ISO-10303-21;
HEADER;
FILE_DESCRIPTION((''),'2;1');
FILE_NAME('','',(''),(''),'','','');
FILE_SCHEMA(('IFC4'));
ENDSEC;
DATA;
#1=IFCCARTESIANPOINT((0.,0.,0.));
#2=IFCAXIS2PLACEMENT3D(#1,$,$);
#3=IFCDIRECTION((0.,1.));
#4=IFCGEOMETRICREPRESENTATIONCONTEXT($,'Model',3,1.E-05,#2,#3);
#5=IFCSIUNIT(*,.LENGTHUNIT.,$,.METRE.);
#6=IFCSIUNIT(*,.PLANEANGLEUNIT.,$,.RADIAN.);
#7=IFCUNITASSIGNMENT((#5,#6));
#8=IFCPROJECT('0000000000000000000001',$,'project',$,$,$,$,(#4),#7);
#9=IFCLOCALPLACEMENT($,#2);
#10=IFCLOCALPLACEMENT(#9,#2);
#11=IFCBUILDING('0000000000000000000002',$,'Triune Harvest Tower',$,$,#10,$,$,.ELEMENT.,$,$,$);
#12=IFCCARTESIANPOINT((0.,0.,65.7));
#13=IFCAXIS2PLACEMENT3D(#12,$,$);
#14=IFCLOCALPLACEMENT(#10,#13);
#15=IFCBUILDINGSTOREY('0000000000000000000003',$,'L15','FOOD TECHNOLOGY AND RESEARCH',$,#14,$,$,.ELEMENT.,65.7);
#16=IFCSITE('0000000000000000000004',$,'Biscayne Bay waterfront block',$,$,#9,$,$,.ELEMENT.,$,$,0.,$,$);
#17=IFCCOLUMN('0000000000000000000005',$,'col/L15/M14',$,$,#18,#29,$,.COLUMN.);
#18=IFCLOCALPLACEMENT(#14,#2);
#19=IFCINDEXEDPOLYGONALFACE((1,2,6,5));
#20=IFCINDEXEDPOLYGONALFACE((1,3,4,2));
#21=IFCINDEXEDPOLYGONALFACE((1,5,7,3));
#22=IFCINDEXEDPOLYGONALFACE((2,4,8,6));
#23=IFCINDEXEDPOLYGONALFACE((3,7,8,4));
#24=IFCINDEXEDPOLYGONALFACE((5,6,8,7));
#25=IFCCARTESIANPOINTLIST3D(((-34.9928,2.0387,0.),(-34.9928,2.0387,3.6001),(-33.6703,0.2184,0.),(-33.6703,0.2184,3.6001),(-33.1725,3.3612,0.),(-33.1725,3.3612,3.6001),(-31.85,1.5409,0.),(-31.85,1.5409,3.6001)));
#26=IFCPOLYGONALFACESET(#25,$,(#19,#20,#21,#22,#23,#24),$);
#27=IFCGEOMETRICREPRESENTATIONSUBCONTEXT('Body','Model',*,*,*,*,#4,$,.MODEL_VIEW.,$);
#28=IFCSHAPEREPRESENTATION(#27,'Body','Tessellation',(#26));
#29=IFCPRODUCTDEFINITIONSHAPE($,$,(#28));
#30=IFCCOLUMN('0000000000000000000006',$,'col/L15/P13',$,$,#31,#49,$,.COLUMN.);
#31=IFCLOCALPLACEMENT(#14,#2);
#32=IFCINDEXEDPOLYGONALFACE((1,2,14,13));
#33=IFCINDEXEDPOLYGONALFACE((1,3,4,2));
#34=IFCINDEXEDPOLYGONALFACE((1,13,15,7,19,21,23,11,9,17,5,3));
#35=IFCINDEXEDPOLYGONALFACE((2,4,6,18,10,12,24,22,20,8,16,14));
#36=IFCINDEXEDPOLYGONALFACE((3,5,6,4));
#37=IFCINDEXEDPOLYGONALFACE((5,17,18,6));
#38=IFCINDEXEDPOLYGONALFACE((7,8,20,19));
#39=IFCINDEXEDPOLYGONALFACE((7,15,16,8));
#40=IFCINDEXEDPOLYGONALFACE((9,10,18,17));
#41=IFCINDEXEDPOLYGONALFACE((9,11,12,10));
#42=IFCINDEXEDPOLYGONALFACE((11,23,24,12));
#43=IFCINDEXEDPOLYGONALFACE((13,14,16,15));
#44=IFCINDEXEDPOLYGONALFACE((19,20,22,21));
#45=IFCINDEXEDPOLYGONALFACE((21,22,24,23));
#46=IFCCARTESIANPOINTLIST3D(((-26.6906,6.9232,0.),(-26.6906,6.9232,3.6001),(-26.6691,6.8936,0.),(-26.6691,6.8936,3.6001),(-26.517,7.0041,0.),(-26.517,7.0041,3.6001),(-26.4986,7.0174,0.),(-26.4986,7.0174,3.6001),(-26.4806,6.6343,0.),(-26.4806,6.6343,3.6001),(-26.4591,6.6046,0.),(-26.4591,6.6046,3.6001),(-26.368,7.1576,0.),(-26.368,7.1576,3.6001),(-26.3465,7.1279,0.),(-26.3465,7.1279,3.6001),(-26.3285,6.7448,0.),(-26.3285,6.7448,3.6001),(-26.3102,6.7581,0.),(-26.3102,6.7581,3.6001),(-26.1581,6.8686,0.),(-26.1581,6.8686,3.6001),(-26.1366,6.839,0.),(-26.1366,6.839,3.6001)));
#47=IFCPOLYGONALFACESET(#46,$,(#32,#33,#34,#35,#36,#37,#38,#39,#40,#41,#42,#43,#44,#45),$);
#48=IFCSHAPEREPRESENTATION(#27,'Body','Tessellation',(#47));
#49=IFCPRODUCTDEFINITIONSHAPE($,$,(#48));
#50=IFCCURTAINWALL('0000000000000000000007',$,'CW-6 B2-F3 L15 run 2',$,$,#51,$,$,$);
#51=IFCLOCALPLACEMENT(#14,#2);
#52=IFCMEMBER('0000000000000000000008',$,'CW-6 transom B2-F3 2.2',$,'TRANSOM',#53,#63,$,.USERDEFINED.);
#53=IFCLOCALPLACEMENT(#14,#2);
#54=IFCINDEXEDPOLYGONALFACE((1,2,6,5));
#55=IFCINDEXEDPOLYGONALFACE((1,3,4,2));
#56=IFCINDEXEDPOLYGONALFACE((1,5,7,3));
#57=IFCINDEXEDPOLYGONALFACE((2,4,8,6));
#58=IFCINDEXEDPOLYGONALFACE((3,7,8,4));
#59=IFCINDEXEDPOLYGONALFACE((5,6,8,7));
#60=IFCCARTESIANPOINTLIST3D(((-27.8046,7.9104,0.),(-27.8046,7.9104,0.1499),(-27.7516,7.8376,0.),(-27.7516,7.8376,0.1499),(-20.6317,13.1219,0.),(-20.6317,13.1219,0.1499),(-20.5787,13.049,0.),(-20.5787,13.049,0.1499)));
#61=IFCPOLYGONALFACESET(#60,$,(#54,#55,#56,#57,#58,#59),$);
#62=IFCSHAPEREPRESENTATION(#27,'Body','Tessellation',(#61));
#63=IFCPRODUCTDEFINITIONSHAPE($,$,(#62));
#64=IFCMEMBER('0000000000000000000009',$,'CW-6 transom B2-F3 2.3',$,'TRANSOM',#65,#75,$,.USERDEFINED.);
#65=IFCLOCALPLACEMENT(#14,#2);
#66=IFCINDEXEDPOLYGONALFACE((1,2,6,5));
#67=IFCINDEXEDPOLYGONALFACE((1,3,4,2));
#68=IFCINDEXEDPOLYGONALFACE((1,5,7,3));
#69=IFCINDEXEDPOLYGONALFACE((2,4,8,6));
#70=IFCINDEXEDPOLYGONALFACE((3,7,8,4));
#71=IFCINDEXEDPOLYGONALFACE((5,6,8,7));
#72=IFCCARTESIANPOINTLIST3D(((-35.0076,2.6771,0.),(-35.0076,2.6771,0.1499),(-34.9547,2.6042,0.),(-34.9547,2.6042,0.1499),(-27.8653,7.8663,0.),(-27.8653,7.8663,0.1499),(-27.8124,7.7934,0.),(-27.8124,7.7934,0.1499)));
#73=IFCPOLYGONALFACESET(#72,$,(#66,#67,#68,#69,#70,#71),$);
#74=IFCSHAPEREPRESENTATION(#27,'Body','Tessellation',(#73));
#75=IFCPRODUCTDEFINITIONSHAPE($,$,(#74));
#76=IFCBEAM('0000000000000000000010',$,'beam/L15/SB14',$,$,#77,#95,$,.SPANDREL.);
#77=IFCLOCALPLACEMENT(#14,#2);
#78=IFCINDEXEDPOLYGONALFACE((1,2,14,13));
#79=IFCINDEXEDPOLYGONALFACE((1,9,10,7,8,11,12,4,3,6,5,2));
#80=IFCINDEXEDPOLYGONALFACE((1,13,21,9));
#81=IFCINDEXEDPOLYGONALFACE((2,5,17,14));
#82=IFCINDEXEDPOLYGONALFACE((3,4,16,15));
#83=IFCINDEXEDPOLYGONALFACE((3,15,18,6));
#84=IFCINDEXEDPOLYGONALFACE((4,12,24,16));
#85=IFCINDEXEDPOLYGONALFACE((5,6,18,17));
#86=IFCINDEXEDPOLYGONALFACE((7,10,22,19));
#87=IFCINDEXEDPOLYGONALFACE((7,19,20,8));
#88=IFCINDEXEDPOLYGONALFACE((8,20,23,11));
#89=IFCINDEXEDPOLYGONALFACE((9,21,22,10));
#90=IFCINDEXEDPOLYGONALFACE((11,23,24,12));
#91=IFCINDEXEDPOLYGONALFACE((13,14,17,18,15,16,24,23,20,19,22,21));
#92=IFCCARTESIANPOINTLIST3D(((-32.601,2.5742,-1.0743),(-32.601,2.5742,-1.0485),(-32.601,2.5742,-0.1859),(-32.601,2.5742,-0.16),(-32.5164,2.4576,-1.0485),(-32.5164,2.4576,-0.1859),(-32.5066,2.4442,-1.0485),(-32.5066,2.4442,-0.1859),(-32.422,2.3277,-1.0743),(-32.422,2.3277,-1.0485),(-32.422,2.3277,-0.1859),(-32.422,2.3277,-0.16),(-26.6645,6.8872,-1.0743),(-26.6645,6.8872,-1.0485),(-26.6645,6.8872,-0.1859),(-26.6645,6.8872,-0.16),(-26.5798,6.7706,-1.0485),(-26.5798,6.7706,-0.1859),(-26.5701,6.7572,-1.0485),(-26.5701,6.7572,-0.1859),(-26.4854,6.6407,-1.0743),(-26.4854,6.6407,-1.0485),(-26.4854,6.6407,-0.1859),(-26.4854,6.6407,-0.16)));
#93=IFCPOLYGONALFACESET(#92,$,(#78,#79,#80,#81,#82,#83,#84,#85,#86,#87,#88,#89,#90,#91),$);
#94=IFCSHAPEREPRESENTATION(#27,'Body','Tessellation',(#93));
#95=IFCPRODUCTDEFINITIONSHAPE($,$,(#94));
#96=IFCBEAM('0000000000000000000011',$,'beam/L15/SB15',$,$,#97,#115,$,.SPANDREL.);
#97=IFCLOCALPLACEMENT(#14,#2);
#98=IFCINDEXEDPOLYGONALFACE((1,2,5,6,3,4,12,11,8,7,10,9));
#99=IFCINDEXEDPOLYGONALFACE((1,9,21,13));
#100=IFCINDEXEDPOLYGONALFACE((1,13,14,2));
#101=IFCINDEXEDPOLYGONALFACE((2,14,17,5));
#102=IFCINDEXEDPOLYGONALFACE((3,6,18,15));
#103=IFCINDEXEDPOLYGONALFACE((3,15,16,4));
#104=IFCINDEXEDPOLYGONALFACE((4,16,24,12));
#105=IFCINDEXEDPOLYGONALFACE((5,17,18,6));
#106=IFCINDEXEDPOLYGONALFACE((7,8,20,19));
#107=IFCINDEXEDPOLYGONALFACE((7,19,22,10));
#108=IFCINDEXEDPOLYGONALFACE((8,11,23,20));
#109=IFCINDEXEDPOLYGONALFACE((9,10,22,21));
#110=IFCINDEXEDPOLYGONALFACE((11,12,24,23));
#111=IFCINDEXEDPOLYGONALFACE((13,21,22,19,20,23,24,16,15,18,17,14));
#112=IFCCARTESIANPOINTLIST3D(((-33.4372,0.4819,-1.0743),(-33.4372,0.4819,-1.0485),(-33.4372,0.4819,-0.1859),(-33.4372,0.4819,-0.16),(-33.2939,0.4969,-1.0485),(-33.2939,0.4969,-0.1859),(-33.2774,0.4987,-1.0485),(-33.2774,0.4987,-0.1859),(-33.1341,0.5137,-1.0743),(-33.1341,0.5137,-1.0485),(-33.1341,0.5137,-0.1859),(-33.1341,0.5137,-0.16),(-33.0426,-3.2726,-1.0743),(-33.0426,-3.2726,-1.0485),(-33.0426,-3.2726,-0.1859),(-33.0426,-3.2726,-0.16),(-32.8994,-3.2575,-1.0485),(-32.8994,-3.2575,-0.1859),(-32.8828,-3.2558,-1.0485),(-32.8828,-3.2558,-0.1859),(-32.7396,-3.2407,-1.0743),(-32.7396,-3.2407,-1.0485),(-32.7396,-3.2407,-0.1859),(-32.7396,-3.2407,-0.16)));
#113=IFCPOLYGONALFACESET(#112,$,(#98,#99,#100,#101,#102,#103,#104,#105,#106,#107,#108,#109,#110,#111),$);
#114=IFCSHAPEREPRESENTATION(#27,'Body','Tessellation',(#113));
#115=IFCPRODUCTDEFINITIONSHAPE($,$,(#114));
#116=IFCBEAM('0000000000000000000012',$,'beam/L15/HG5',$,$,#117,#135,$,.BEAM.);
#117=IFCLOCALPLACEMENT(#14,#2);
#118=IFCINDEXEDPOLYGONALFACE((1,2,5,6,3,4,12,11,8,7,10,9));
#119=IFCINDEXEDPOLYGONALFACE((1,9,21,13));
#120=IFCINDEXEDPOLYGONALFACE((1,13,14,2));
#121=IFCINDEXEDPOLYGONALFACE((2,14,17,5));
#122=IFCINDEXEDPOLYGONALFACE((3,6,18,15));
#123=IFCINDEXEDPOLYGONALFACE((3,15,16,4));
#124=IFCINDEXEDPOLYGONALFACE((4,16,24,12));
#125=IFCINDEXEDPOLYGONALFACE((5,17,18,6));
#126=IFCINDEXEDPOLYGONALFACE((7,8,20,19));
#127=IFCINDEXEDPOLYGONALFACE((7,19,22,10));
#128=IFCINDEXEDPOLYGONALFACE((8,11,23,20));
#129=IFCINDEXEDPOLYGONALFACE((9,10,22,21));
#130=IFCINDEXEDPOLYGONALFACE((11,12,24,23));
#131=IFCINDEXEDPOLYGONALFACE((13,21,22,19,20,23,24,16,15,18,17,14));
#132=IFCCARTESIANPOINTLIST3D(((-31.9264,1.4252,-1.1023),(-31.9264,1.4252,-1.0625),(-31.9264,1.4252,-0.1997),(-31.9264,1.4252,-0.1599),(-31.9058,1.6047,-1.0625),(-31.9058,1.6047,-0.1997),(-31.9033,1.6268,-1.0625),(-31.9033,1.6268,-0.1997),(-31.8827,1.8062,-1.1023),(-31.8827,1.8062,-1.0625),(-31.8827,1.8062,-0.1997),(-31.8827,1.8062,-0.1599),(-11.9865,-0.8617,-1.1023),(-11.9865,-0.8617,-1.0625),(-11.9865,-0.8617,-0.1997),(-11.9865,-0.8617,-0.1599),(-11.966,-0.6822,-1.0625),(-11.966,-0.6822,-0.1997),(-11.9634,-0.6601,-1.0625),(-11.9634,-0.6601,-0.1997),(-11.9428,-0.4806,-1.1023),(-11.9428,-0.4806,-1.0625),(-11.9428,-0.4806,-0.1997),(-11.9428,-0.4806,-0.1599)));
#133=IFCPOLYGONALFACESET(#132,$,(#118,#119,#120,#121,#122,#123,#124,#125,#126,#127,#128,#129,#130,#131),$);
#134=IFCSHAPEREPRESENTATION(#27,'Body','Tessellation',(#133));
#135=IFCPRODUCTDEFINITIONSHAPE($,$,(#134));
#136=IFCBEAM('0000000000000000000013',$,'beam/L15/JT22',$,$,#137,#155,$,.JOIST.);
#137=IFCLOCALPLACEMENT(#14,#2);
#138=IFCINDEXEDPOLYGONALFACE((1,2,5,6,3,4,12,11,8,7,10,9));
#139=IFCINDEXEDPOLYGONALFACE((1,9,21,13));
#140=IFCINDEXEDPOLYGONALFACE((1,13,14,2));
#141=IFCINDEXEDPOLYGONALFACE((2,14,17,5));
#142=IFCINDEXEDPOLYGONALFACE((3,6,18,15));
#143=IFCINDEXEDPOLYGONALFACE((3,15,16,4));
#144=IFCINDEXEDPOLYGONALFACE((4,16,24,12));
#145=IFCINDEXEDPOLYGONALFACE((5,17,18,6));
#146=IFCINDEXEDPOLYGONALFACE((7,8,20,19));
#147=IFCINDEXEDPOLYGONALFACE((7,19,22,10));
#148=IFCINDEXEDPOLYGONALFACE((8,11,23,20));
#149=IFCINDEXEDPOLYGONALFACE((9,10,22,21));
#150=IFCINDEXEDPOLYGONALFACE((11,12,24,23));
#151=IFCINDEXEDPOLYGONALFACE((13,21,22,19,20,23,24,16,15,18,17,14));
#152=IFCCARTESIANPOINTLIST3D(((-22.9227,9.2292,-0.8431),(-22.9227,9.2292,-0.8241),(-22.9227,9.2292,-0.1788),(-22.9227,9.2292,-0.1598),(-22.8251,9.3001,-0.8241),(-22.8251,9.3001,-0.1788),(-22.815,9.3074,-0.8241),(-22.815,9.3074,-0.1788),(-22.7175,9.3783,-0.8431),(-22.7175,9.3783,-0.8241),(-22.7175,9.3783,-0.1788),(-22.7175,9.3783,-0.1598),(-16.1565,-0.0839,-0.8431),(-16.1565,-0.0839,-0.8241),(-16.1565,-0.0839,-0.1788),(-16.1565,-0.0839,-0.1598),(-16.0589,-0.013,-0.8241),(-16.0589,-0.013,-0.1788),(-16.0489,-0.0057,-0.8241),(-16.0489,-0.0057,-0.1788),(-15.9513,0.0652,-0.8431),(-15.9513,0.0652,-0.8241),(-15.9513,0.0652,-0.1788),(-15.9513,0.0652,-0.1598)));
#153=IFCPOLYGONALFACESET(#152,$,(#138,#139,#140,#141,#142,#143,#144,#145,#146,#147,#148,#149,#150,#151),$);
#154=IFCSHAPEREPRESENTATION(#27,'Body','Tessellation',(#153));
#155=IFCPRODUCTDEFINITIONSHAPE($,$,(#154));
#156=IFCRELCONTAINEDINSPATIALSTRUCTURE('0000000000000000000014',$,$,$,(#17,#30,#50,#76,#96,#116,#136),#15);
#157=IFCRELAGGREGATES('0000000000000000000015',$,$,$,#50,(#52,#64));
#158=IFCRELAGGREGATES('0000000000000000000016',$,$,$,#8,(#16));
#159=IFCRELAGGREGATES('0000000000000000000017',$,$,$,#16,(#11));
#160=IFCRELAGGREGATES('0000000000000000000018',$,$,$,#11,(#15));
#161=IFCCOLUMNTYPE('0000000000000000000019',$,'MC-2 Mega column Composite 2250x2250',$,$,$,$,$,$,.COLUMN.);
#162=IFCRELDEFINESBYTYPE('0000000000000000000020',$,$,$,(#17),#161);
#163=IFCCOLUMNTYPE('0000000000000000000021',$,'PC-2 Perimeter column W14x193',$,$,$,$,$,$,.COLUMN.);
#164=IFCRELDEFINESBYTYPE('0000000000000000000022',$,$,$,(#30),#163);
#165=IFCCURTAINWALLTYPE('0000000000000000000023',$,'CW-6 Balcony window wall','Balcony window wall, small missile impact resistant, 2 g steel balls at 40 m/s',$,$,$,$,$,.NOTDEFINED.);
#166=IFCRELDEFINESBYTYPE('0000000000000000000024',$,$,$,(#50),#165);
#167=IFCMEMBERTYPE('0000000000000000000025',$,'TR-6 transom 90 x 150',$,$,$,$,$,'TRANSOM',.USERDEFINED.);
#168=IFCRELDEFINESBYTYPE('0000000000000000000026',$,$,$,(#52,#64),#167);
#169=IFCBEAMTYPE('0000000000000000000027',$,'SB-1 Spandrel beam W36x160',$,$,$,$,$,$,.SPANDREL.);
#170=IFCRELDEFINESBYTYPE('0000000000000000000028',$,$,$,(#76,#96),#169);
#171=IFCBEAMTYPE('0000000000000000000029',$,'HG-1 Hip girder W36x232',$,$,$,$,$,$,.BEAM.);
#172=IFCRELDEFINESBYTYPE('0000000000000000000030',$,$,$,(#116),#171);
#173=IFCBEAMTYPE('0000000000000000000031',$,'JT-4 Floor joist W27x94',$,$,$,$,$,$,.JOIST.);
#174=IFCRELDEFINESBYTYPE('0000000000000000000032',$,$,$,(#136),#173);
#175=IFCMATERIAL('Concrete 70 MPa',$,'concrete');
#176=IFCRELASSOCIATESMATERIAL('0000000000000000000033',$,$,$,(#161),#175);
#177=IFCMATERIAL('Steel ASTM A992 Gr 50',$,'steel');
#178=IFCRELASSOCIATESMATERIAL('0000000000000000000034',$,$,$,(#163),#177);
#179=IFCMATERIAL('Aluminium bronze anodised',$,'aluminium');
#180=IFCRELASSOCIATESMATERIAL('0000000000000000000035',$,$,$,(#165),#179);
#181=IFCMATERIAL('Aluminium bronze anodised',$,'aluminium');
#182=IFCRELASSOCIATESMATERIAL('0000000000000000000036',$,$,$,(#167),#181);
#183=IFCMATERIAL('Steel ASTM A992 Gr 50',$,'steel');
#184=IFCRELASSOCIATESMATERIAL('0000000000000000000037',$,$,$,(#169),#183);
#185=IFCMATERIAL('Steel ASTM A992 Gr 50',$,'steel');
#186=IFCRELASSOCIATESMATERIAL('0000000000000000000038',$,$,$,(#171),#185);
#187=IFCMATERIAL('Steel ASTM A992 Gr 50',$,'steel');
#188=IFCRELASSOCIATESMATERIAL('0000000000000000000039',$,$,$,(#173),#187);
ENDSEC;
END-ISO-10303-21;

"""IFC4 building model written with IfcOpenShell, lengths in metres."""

from ifc_helpers import new_model, si_unit, direction, frame, origin, origin_2d, place, context, subcontext, project, spatial, rectangle, i_section, extrude, source, transform, mapped, material, material_profile, profile_set, type_object, element, aggregate, save


model = new_model("IFC4")

# Units and contexts
model_context = context("Model", 3, precision=1e-05, world=origin(), true_north=direction((0.0, 1.0)))
body_context = subcontext(model_context, "Body", "Model", "MODEL_VIEW")
ifc_project = project(units=[si_unit("LENGTHUNIT", "METRE"), si_unit("PLANEANGLEUNIT", "RADIAN")], contexts=[model_context])

# Site, building, storey
site_placement = place(None, origin())
site = spatial("IfcSite", under=ifc_project, at=site_placement, Name="Biscayne Bay waterfront block", CompositionType="ELEMENT", RefElevation=0.0)
building_placement = place(site_placement, origin())
building = spatial("IfcBuilding", under=site, at=building_placement, Name="Triune Harvest Tower", CompositionType="ELEMENT")
storey_placement = place(building_placement, frame((0.0, 0.0, 65.7)))
storey = spatial("IfcBuildingStorey", under=building, at=storey_placement, Name="L15", Description="FOOD TECHNOLOGY AND RESEARCH", CompositionType="ELEMENT", Elevation=65.7)

# Columns
ifc_material_1 = material(Name="Concrete 70 MPa", Category="concrete")
ifc_material_profile_1 = material_profile(ifc_material_1, rectangle(XDim=2.25, YDim=2.25, at=origin_2d()), Name="Composite 2250x2250")
ifc_profile_set_1 = profile_set([ifc_material_profile_1], Name="Concrete 70 MPa")
column_type_1 = type_object("IfcColumnType", Name="MC-2 Mega column Composite 2250x2250", PredefinedType="COLUMN", material=ifc_profile_set_1)
shared_shape_1 = source(origin(), body_context, "Body", "SweptSolid", [
    extrude(rectangle(XDim=2.25, YDim=2.25, at=origin_2d()), origin(), (0.0, 0.0, 1.0), 3.6001),
])
column_1_placement = place(storey_placement, frame((-33.4214, 1.7898, 0.0), z_axis=(0.0, 0.0, 1.0), x_axis=(-0.809017, -0.587785, 0.0)))
element("IfcColumn", 1, at=column_1_placement, inside=storey, type_object=column_type_1, Name="col/L15/M14", PredefinedType="COLUMN", context=body_context, shape_type="MappedRepresentation", body=[
    mapped(shared_shape_1, transform((0.0, 0.0, 0.0), scale=1.0)),
])
ifc_material_2 = material(Name="Steel ASTM A992 Gr 50", Category="steel")
ifc_material_profile_2 = material_profile(ifc_material_2, i_section(OverallWidth=0.3987, OverallDepth=0.3938, WebThickness=0.0227, FlangeThickness=0.0366, at=origin_2d()), Name="W14x193")
ifc_profile_set_2 = profile_set([ifc_material_profile_2], Name="Steel ASTM A992 Gr 50")
column_type_2 = type_object("IfcColumnType", Name="PC-2 Perimeter column W14x193", PredefinedType="COLUMN", material=ifc_profile_set_2)
shared_shape_2 = source(origin(), body_context, "Body", "SweptSolid", [
    extrude(i_section(OverallWidth=0.3987, OverallDepth=0.3938, WebThickness=0.0227, FlangeThickness=0.0366, at=origin_2d()), origin(), (0.0, 0.0, 1.0), 3.6001),
])
column_2_placement = place(storey_placement, frame((-26.4136, 6.8811, 0.0), z_axis=(0.0, 0.0, 1.0), x_axis=(-0.809017, -0.587785, 0.0)))
element("IfcColumn", 2, at=column_2_placement, inside=storey, type_object=column_type_2, Name="col/L15/P13", PredefinedType="COLUMN", context=body_context, shape_type="MappedRepresentation", body=[
    mapped(shared_shape_2, transform((0.0, 0.0, 0.0), scale=1.0)),
])

# Curtain wall, members
ifc_material_3 = material(Name="Aluminium bronze anodised", Category="aluminium")
curtain_wall_type_1 = type_object("IfcCurtainWallType", Name="CW-6 Balcony window wall", Description="Balcony window wall, small missile impact resistant, 2 g steel balls at 40 m/s", PredefinedType="NOTDEFINED", material=ifc_material_3)
curtain_wall_1_placement = place(storey_placement, origin())
curtain_wall_1 = element("IfcCurtainWall", 3, at=curtain_wall_1_placement, inside=storey, type_object=curtain_wall_type_1, Name="CW-6 B2-F3 L15 run 2")
ifc_material_4 = material(Name="Aluminium bronze anodised", Category="aluminium")
ifc_material_profile_3 = material_profile(ifc_material_4, rectangle(XDim=0.0901, YDim=0.1499, at=origin_2d()), Name="TR-6 transom 90 x 150")
ifc_profile_set_3 = profile_set([ifc_material_profile_3], Name="Aluminium bronze anodised")
member_type_1 = type_object("IfcMemberType", Name="TR-6 transom 90 x 150", ElementType="TRANSOM", PredefinedType="USERDEFINED", material=ifc_profile_set_3)
member_1_placement = place(storey_placement, frame((-20.6052, 13.0854, 0.075), z_axis=(-0.809015, -0.587789, 0.0), x_axis=(0.587789, -0.809015, 0.0)))
member_1 = element("IfcMember", 4, at=member_1_placement, type_object=member_type_1, Name="CW-6 transom B2-F3 2.2", ObjectType="TRANSOM", PredefinedType="USERDEFINED", context=body_context, shape_type="SweptSolid", body=[
    extrude(rectangle(XDim=0.0901, YDim=0.1499, at=origin_2d()), origin(), (0.0, 0.0, 1.0), 8.8662),
])
member_2_placement = place(storey_placement, frame((-27.8389, 7.8298, 0.075), z_axis=(-0.809017, -0.587785, 0.0), x_axis=(0.587785, -0.809017, 0.0)))
member_2 = element("IfcMember", 5, at=member_2_placement, type_object=member_type_1, Name="CW-6 transom B2-F3 2.3", ObjectType="TRANSOM", PredefinedType="USERDEFINED", context=body_context, shape_type="SweptSolid", body=[
    extrude(rectangle(XDim=0.0901, YDim=0.1499, at=origin_2d()), origin(), (0.0, 0.0, 1.0), 8.8284),
])

# Beams
ifc_material_5 = material(Name="Steel ASTM A992 Gr 50", Category="steel")
ifc_material_profile_4 = material_profile(ifc_material_5, i_section(OverallWidth=0.3047, OverallDepth=0.9143, WebThickness=0.0166, FlangeThickness=0.0259, at=origin_2d()), Name="W36x160")
ifc_profile_set_4 = profile_set([ifc_material_profile_4], Name="Steel ASTM A992 Gr 50")
beam_type_1 = type_object("IfcBeamType", Name="SB-1 Spandrel beam W36x160", PredefinedType="SPANDREL", material=ifc_profile_set_4)
shared_shape_3 = source(origin(), body_context, "Body", "SweptSolid", [
    extrude(i_section(OverallWidth=0.3047, OverallDepth=0.9143, WebThickness=0.0166, FlangeThickness=0.0259, at=origin_2d()), origin(), (0.0, 0.0, 1.0), 7.3379),
])
beam_1_placement = place(storey_placement, frame((-26.575, 6.7639, -0.6172), z_axis=(-0.809027, -0.587772, 0.0), x_axis=(0.587772, -0.809027, 0.0)))
element("IfcBeam", 6, at=beam_1_placement, inside=storey, type_object=beam_type_1, Name="beam/L15/SB14", PredefinedType="SPANDREL", context=body_context, shape_type="MappedRepresentation", body=[
    mapped(shared_shape_3, transform((0.0, 0.0, 0.0), scale=1.0)),
])
shared_shape_4 = source(origin(), body_context, "Body", "SweptSolid", [
    extrude(i_section(OverallWidth=0.3047, OverallDepth=0.9143, WebThickness=0.0166, FlangeThickness=0.0259, at=origin_2d()), origin(), (0.0, 0.0, 1.0), 3.7751),
])
beam_2_placement = place(storey_placement, frame((-33.2856, 0.4978, -0.6172), z_axis=(0.10451, -0.994524, 0.0), x_axis=(0.994524, 0.10451, 0.0)))
element("IfcBeam", 7, at=beam_2_placement, inside=storey, type_object=beam_type_1, Name="beam/L15/SB15", PredefinedType="SPANDREL", context=body_context, shape_type="MappedRepresentation", body=[
    mapped(shared_shape_4, transform((0.0, 0.0, 0.0), scale=1.0)),
])
ifc_material_6 = material(Name="Steel ASTM A992 Gr 50", Category="steel")
ifc_material_profile_5 = material_profile(ifc_material_6, i_section(OverallWidth=0.3835, OverallDepth=0.9424, WebThickness=0.0222, FlangeThickness=0.0398, at=origin_2d()), Name="W36x232")
ifc_profile_set_5 = profile_set([ifc_material_profile_5], Name="Steel ASTM A992 Gr 50")
beam_type_2 = type_object("IfcBeamType", Name="HG-1 Hip girder W36x232", PredefinedType="BEAM", material=ifc_profile_set_5)
shared_shape_5 = source(origin(), body_context, "Body", "SweptSolid", [
    extrude(i_section(OverallWidth=0.3835, OverallDepth=0.9424, WebThickness=0.0222, FlangeThickness=0.0398, at=origin_2d()), origin(), (0.0, 0.0, 1.0), 20.0706),
])
beam_3_placement = place(storey_placement, frame((-31.9045, 1.6157, -0.6311), z_axis=(0.993488, -0.113941, 0.0), x_axis=(0.113941, 0.993488, 0.0)))
element("IfcBeam", 8, at=beam_3_placement, inside=storey, type_object=beam_type_2, Name="beam/L15/HG5", PredefinedType="BEAM", context=body_context, shape_type="MappedRepresentation", body=[
    mapped(shared_shape_5, transform((0.0, 0.0, 0.0), scale=1.0)),
])
ifc_material_7 = material(Name="Steel ASTM A992 Gr 50", Category="steel")
ifc_material_profile_6 = material_profile(ifc_material_7, i_section(OverallWidth=0.2537, OverallDepth=0.6833, WebThickness=0.0125, FlangeThickness=0.019, at=origin_2d()), Name="W27x94")
ifc_profile_set_6 = profile_set([ifc_material_profile_6], Name="Steel ASTM A992 Gr 50")
beam_type_3 = type_object("IfcBeamType", Name="JT-4 Floor joist W27x94", PredefinedType="JOIST", material=ifc_profile_set_6)
shared_shape_6 = source(origin(), body_context, "Body", "SweptSolid", [
    extrude(i_section(OverallWidth=0.2537, OverallDepth=0.6833, WebThickness=0.0125, FlangeThickness=0.019, at=origin_2d()), origin(), (0.0, 0.0, 1.0), 11.5115),
])
beam_4_placement = place(storey_placement, frame((-22.8201, 9.3037, -0.5015), z_axis=(0.587776, -0.809024, 0.0), x_axis=(0.809024, 0.587776, 0.0)))
element("IfcBeam", 9, at=beam_4_placement, inside=storey, type_object=beam_type_3, Name="beam/L15/JT22", PredefinedType="JOIST", context=body_context, shape_type="MappedRepresentation", body=[
    mapped(shared_shape_6, transform((0.0, 0.0, 0.0), scale=1.0)),
])

aggregate(curtain_wall_1, [member_1, member_2])

save(model, "model.ifc")
